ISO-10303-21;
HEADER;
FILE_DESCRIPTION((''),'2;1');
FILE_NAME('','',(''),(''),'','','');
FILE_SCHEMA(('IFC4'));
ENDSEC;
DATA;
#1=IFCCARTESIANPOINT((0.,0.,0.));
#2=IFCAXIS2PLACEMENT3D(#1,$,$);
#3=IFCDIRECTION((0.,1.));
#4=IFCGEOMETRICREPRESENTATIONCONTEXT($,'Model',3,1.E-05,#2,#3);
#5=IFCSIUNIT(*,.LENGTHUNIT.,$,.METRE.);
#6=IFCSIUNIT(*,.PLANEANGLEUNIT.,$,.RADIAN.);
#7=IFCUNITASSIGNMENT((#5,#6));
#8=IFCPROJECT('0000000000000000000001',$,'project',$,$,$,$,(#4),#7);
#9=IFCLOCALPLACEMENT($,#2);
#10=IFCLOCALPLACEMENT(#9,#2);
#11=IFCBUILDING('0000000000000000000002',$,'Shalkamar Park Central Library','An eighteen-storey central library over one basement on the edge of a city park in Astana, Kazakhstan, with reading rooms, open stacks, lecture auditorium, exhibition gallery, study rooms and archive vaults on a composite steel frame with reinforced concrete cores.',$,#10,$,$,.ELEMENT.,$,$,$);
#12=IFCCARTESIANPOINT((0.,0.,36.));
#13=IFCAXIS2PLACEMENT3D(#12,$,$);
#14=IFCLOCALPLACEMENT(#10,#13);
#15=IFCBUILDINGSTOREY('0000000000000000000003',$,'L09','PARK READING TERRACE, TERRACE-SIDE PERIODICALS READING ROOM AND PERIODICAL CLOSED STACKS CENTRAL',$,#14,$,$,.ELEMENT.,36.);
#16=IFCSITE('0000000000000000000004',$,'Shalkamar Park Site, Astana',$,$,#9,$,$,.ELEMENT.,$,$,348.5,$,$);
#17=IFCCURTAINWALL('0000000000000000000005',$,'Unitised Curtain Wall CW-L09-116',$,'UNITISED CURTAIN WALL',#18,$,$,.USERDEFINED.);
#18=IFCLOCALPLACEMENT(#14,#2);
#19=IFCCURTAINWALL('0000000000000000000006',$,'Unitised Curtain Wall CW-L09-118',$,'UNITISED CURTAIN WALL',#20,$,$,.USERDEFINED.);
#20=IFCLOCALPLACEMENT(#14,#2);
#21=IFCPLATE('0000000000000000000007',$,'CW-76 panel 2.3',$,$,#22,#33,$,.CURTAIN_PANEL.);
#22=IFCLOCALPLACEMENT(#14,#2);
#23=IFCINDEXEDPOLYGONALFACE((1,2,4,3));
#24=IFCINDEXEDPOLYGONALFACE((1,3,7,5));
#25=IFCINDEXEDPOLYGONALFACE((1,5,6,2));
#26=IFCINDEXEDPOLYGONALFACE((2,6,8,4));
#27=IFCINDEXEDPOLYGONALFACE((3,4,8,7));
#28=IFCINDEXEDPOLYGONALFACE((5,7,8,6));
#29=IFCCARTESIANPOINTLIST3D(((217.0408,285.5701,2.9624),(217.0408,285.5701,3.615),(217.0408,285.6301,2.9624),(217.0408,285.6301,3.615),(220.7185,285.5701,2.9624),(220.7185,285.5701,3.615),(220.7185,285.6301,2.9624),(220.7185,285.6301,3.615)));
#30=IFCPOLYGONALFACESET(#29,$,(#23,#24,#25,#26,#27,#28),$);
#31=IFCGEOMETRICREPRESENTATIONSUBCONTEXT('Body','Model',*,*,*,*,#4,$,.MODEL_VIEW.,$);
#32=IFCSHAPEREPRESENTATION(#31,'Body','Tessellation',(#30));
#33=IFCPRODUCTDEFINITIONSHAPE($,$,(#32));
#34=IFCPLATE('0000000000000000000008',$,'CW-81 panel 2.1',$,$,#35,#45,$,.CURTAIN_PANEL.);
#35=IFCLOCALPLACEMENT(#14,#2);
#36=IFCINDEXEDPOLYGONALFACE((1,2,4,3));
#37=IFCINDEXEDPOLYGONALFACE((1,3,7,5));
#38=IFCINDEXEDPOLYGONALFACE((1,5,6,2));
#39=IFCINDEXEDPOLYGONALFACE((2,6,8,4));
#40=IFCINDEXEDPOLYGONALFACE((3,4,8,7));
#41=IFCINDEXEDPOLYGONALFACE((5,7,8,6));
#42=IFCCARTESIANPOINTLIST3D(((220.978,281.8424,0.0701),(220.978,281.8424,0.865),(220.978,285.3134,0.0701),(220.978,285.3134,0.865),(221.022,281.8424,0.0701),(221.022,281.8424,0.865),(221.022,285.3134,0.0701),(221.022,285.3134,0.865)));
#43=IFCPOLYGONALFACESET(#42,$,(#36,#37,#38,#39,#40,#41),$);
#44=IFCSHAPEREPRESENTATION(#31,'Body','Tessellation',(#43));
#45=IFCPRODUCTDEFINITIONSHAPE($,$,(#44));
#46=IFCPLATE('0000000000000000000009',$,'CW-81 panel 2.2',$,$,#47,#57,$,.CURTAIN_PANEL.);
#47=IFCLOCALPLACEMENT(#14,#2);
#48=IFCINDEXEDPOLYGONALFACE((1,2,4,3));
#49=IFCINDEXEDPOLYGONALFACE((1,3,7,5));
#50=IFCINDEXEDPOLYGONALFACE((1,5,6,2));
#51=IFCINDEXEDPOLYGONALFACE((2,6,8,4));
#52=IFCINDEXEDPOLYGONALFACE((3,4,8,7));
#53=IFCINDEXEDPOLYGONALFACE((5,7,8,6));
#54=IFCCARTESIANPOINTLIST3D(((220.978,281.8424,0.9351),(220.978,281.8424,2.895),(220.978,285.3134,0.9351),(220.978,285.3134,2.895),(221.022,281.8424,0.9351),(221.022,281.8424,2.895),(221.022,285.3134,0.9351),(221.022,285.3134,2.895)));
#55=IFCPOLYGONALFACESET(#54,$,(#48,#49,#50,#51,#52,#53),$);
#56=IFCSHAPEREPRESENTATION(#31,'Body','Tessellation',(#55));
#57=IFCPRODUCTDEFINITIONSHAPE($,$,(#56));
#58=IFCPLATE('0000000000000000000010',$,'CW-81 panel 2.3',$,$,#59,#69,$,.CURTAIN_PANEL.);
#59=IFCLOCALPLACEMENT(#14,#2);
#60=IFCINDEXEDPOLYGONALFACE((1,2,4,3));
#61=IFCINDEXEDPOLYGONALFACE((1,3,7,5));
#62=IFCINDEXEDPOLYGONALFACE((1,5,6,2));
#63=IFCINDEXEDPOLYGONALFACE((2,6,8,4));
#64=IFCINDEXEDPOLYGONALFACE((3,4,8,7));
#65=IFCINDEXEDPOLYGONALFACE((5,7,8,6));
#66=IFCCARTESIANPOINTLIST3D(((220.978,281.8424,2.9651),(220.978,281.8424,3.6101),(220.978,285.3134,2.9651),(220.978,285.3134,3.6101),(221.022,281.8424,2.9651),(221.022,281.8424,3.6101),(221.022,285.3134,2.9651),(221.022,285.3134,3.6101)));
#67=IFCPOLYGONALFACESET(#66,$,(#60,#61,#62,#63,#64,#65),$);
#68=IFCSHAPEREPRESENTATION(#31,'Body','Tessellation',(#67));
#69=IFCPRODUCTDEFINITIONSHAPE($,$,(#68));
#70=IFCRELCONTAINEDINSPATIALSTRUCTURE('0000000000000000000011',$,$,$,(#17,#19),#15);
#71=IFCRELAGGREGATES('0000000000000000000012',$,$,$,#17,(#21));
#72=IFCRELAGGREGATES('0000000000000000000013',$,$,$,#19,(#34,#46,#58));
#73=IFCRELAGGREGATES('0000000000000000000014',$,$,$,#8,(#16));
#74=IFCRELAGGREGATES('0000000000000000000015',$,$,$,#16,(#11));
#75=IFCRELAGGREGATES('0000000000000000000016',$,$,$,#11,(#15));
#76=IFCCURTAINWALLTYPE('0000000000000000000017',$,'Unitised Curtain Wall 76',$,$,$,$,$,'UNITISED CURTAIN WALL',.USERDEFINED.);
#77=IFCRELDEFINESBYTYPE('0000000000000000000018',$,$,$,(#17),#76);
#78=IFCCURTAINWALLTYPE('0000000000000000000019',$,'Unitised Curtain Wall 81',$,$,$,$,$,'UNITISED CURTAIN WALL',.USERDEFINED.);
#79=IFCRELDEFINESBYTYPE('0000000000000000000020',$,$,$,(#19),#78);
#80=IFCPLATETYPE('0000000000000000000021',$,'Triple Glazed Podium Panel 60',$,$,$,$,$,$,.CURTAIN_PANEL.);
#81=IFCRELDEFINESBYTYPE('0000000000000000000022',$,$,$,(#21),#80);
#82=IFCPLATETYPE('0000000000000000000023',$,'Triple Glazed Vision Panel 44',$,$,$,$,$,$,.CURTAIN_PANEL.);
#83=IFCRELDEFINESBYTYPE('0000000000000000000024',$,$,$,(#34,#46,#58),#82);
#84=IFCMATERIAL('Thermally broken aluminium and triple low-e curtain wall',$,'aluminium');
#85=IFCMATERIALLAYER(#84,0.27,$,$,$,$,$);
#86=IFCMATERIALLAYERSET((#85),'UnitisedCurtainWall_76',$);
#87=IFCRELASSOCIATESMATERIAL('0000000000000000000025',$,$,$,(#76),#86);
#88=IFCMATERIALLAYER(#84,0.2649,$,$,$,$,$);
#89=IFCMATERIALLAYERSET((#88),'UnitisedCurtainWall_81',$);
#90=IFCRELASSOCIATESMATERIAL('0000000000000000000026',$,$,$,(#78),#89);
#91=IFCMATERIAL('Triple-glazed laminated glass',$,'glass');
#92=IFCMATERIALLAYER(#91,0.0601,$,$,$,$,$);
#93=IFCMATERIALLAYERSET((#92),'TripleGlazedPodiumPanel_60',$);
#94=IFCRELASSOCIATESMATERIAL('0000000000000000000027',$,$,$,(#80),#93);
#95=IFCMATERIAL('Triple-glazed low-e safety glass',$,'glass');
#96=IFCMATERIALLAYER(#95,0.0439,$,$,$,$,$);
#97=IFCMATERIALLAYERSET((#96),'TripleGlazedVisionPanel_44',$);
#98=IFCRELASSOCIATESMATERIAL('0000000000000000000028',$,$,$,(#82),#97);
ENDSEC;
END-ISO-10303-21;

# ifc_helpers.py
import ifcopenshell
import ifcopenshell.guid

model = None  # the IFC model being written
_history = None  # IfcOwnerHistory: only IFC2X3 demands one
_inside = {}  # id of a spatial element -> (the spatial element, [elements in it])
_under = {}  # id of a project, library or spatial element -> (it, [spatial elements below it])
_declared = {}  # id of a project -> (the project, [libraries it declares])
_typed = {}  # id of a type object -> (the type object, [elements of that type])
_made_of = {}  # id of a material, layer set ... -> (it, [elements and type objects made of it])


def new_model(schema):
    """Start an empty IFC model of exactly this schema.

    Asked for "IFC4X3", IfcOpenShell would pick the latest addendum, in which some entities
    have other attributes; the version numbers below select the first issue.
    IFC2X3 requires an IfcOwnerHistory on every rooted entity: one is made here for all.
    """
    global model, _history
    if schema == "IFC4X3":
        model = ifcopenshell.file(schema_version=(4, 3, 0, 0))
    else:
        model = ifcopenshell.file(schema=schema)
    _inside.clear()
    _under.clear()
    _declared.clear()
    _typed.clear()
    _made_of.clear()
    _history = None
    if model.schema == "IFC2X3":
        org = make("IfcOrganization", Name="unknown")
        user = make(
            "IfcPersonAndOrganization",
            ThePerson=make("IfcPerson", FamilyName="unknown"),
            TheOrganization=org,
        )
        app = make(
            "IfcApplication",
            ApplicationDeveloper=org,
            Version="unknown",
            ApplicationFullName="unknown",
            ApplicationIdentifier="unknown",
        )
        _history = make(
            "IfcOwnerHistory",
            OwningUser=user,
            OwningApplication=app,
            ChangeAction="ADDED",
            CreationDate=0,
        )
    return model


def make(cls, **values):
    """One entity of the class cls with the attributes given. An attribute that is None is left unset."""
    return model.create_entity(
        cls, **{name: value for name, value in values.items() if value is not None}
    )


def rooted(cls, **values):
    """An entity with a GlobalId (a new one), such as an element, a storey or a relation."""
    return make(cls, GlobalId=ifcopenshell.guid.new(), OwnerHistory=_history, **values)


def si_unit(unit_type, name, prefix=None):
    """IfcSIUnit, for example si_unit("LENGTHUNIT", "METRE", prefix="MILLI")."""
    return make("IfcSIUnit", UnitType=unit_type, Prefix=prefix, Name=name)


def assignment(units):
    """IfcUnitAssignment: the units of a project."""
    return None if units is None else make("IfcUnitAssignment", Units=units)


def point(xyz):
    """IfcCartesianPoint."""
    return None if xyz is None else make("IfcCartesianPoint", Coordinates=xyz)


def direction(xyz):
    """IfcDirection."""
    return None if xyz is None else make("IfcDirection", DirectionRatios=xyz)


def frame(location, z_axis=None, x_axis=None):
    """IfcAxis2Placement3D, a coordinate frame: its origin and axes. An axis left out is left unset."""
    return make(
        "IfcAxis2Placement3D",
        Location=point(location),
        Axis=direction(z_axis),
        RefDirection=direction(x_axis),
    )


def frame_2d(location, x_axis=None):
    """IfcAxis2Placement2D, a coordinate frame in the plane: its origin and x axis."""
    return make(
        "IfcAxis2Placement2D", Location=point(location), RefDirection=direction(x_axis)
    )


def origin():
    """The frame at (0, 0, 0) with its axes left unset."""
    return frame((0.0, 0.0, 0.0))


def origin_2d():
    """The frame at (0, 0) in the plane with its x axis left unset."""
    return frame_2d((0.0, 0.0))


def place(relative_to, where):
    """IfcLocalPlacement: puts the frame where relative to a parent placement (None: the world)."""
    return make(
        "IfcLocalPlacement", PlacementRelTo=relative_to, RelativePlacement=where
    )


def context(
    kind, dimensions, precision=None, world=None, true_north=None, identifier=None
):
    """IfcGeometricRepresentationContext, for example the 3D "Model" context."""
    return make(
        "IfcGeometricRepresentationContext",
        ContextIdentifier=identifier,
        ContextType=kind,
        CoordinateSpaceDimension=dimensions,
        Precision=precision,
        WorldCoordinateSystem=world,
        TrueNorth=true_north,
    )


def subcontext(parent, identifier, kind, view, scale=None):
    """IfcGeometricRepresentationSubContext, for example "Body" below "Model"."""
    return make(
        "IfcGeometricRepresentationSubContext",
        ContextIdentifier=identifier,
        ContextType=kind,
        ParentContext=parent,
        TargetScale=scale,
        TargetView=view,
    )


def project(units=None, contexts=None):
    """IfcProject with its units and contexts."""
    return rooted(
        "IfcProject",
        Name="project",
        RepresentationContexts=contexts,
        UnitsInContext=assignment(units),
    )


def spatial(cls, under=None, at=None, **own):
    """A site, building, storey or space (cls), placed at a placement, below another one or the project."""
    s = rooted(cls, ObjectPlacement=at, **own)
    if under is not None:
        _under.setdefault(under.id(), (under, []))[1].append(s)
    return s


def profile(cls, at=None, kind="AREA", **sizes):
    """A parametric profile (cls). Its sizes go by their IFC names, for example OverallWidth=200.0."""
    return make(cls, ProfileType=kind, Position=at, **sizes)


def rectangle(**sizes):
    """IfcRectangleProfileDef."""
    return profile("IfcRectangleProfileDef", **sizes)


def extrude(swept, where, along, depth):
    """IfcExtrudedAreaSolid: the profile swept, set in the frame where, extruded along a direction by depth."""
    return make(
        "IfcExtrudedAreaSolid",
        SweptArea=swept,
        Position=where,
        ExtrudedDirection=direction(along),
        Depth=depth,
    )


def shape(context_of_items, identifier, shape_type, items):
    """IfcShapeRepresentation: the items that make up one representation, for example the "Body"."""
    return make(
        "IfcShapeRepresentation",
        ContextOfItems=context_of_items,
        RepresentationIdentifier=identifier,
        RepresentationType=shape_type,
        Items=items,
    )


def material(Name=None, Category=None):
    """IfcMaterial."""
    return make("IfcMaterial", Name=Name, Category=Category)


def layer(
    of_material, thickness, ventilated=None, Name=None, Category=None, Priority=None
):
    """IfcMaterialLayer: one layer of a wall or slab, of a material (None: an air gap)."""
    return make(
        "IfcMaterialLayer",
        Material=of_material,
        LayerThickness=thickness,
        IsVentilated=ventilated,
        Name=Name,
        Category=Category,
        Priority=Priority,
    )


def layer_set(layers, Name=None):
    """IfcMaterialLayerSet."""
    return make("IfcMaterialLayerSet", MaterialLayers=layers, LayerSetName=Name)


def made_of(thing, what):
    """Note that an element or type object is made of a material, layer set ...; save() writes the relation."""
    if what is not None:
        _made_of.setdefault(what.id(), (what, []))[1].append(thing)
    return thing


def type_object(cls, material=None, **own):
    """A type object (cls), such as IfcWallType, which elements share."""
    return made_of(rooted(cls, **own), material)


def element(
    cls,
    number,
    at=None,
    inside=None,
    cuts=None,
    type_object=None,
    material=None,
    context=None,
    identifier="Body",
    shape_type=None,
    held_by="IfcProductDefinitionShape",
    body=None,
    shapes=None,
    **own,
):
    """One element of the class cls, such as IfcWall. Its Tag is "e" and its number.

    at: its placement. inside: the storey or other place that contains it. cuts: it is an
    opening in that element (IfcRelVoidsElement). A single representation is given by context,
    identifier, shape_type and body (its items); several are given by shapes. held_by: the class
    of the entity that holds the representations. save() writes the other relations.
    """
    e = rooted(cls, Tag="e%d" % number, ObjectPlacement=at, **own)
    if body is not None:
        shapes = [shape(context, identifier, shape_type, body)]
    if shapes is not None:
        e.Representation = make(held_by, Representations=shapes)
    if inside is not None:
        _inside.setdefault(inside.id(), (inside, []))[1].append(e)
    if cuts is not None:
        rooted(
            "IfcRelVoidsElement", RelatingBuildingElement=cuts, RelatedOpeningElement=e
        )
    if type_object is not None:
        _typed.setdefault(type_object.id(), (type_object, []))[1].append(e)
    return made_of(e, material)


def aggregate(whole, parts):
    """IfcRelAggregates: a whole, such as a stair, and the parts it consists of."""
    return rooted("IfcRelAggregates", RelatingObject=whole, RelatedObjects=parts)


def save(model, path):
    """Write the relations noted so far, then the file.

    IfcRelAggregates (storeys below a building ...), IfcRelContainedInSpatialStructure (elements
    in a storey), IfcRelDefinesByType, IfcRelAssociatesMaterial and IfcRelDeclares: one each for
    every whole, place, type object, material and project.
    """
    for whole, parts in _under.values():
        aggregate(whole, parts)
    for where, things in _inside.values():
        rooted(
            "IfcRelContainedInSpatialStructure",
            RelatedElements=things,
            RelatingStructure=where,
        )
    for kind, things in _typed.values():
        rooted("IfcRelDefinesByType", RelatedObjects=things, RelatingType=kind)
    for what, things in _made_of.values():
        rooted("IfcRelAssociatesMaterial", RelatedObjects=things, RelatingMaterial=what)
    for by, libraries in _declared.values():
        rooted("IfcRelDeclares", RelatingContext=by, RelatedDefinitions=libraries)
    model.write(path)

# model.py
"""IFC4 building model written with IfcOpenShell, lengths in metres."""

from ifc_helpers import new_model, si_unit, direction, frame, origin, origin_2d, place, context, subcontext, project, spatial, rectangle, extrude, material, layer, layer_set, type_object, element, aggregate, save


model = new_model("IFC4")

# Units and contexts
model_context = context("Model", 3, precision=1e-05, world=origin(), true_north=direction((0.0, 1.0)))
body_context = subcontext(model_context, "Body", "Model", "MODEL_VIEW")
ifc_project = project(units=[si_unit("LENGTHUNIT", "METRE"), si_unit("PLANEANGLEUNIT", "RADIAN")], contexts=[model_context])

# Site, building, storey
site_placement = place(None, origin())
site = spatial("IfcSite", under=ifc_project, at=site_placement, Name="Shalkamar Park Site, Astana", CompositionType="ELEMENT", RefElevation=348.5)
building_placement = place(site_placement, origin())
building = spatial("IfcBuilding", under=site, at=building_placement, Name="Shalkamar Park Central Library", Description="An eighteen-storey central library over one basement on the edge of a city park in Astana, Kazakhstan, with reading rooms, open stacks, lecture auditorium, exhibition gallery, study rooms and archive vaults on a composite steel frame with reinforced concrete cores.", CompositionType="ELEMENT")
storey_placement = place(building_placement, frame((0.0, 0.0, 36.0)))
storey = spatial("IfcBuildingStorey", under=building, at=storey_placement, Name="L09", Description="PARK READING TERRACE, TERRACE-SIDE PERIODICALS READING ROOM AND PERIODICAL CLOSED STACKS CENTRAL", CompositionType="ELEMENT", Elevation=36.0)

# Curtain wall
ifc_material_1 = material(Name="Thermally broken aluminium and triple low-e curtain wall", Category="aluminium")
ifc_layer_1 = layer(ifc_material_1, 0.27)
ifc_layer_set_1 = layer_set([ifc_layer_1], Name="UnitisedCurtainWall_76")
curtain_wall_type_1 = type_object("IfcCurtainWallType", Name="Unitised Curtain Wall 76", ElementType="UNITISED CURTAIN WALL", PredefinedType="USERDEFINED", material=ifc_layer_set_1)
curtain_wall_1_placement = place(storey_placement, origin())
curtain_wall_1 = element("IfcCurtainWall", 1, at=curtain_wall_1_placement, inside=storey, type_object=curtain_wall_type_1, Name="Unitised Curtain Wall CW-L09-116", ObjectType="UNITISED CURTAIN WALL", PredefinedType="USERDEFINED")

# Curtain wall
ifc_layer_2 = layer(ifc_material_1, 0.2649)
ifc_layer_set_2 = layer_set([ifc_layer_2], Name="UnitisedCurtainWall_81")
curtain_wall_type_2 = type_object("IfcCurtainWallType", Name="Unitised Curtain Wall 81", ElementType="UNITISED CURTAIN WALL", PredefinedType="USERDEFINED", material=ifc_layer_set_2)
curtain_wall_2_placement = place(storey_placement, origin())
curtain_wall_2 = element("IfcCurtainWall", 2, at=curtain_wall_2_placement, inside=storey, type_object=curtain_wall_type_2, Name="Unitised Curtain Wall CW-L09-118", ObjectType="UNITISED CURTAIN WALL", PredefinedType="USERDEFINED")

# Plates
ifc_material_2 = material(Name="Triple-glazed laminated glass", Category="glass")
ifc_layer_3 = layer(ifc_material_2, 0.0601)
ifc_layer_set_3 = layer_set([ifc_layer_3], Name="TripleGlazedPodiumPanel_60")
plate_type_1 = type_object("IfcPlateType", Name="Triple Glazed Podium Panel 60", PredefinedType="CURTAIN_PANEL", material=ifc_layer_set_3)
plate_1_placement = place(storey_placement, frame((218.8796, 285.6001, 2.9624), z_axis=(0.0, 0.0, 1.0), x_axis=(1.0, 0.0, 0.0)))
plate_1 = element("IfcPlate", 3, at=plate_1_placement, type_object=plate_type_1, Name="CW-76 panel 2.3", PredefinedType="CURTAIN_PANEL", context=body_context, shape_type="SweptSolid", body=[
    extrude(rectangle(XDim=3.6777, YDim=0.0601, at=origin_2d()), origin(), (0.0, 0.0, 1.0), 0.6526),
])
aggregate(curtain_wall_1, [plate_1])
ifc_material_3 = material(Name="Triple-glazed low-e safety glass", Category="glass")
ifc_layer_4 = layer(ifc_material_3, 0.0439)
ifc_layer_set_4 = layer_set([ifc_layer_4], Name="TripleGlazedVisionPanel_44")
plate_type_2 = type_object("IfcPlateType", Name="Triple Glazed Vision Panel 44", PredefinedType="CURTAIN_PANEL", material=ifc_layer_set_4)
plate_2_placement = place(storey_placement, frame((221.0, 283.5779, 0.0701), z_axis=(0.0, 0.0, 1.0), x_axis=(0.0, 1.0, 0.0)))
plate_2 = element("IfcPlate", 4, at=plate_2_placement, type_object=plate_type_2, Name="CW-81 panel 2.1", PredefinedType="CURTAIN_PANEL", context=body_context, shape_type="SweptSolid", body=[
    extrude(rectangle(XDim=3.4709, YDim=0.0439, at=origin_2d()), origin(), (0.0, 0.0, 1.0), 0.7949),
])
plate_3_placement = place(storey_placement, frame((221.0, 283.5779, 0.9351), z_axis=(0.0, 0.0, 1.0), x_axis=(0.0, 1.0, 0.0)))
plate_3 = element("IfcPlate", 5, at=plate_3_placement, type_object=plate_type_2, Name="CW-81 panel 2.2", PredefinedType="CURTAIN_PANEL", context=body_context, shape_type="SweptSolid", body=[
    extrude(rectangle(XDim=3.4709, YDim=0.0439, at=origin_2d()), origin(), (0.0, 0.0, 1.0), 1.96),
])
plate_4_placement = place(storey_placement, frame((221.0, 283.5779, 2.9651), z_axis=(0.0, 0.0, 1.0), x_axis=(0.0, 1.0, 0.0)))
plate_4 = element("IfcPlate", 6, at=plate_4_placement, type_object=plate_type_2, Name="CW-81 panel 2.3", PredefinedType="CURTAIN_PANEL", context=body_context, shape_type="SweptSolid", body=[
    extrude(rectangle(XDim=3.4709, YDim=0.0439, at=origin_2d()), origin(), (0.0, 0.0, 1.0), 0.645),
])
aggregate(curtain_wall_2, [plate_2, plate_3, plate_4])

save(model, "model.ifc")
